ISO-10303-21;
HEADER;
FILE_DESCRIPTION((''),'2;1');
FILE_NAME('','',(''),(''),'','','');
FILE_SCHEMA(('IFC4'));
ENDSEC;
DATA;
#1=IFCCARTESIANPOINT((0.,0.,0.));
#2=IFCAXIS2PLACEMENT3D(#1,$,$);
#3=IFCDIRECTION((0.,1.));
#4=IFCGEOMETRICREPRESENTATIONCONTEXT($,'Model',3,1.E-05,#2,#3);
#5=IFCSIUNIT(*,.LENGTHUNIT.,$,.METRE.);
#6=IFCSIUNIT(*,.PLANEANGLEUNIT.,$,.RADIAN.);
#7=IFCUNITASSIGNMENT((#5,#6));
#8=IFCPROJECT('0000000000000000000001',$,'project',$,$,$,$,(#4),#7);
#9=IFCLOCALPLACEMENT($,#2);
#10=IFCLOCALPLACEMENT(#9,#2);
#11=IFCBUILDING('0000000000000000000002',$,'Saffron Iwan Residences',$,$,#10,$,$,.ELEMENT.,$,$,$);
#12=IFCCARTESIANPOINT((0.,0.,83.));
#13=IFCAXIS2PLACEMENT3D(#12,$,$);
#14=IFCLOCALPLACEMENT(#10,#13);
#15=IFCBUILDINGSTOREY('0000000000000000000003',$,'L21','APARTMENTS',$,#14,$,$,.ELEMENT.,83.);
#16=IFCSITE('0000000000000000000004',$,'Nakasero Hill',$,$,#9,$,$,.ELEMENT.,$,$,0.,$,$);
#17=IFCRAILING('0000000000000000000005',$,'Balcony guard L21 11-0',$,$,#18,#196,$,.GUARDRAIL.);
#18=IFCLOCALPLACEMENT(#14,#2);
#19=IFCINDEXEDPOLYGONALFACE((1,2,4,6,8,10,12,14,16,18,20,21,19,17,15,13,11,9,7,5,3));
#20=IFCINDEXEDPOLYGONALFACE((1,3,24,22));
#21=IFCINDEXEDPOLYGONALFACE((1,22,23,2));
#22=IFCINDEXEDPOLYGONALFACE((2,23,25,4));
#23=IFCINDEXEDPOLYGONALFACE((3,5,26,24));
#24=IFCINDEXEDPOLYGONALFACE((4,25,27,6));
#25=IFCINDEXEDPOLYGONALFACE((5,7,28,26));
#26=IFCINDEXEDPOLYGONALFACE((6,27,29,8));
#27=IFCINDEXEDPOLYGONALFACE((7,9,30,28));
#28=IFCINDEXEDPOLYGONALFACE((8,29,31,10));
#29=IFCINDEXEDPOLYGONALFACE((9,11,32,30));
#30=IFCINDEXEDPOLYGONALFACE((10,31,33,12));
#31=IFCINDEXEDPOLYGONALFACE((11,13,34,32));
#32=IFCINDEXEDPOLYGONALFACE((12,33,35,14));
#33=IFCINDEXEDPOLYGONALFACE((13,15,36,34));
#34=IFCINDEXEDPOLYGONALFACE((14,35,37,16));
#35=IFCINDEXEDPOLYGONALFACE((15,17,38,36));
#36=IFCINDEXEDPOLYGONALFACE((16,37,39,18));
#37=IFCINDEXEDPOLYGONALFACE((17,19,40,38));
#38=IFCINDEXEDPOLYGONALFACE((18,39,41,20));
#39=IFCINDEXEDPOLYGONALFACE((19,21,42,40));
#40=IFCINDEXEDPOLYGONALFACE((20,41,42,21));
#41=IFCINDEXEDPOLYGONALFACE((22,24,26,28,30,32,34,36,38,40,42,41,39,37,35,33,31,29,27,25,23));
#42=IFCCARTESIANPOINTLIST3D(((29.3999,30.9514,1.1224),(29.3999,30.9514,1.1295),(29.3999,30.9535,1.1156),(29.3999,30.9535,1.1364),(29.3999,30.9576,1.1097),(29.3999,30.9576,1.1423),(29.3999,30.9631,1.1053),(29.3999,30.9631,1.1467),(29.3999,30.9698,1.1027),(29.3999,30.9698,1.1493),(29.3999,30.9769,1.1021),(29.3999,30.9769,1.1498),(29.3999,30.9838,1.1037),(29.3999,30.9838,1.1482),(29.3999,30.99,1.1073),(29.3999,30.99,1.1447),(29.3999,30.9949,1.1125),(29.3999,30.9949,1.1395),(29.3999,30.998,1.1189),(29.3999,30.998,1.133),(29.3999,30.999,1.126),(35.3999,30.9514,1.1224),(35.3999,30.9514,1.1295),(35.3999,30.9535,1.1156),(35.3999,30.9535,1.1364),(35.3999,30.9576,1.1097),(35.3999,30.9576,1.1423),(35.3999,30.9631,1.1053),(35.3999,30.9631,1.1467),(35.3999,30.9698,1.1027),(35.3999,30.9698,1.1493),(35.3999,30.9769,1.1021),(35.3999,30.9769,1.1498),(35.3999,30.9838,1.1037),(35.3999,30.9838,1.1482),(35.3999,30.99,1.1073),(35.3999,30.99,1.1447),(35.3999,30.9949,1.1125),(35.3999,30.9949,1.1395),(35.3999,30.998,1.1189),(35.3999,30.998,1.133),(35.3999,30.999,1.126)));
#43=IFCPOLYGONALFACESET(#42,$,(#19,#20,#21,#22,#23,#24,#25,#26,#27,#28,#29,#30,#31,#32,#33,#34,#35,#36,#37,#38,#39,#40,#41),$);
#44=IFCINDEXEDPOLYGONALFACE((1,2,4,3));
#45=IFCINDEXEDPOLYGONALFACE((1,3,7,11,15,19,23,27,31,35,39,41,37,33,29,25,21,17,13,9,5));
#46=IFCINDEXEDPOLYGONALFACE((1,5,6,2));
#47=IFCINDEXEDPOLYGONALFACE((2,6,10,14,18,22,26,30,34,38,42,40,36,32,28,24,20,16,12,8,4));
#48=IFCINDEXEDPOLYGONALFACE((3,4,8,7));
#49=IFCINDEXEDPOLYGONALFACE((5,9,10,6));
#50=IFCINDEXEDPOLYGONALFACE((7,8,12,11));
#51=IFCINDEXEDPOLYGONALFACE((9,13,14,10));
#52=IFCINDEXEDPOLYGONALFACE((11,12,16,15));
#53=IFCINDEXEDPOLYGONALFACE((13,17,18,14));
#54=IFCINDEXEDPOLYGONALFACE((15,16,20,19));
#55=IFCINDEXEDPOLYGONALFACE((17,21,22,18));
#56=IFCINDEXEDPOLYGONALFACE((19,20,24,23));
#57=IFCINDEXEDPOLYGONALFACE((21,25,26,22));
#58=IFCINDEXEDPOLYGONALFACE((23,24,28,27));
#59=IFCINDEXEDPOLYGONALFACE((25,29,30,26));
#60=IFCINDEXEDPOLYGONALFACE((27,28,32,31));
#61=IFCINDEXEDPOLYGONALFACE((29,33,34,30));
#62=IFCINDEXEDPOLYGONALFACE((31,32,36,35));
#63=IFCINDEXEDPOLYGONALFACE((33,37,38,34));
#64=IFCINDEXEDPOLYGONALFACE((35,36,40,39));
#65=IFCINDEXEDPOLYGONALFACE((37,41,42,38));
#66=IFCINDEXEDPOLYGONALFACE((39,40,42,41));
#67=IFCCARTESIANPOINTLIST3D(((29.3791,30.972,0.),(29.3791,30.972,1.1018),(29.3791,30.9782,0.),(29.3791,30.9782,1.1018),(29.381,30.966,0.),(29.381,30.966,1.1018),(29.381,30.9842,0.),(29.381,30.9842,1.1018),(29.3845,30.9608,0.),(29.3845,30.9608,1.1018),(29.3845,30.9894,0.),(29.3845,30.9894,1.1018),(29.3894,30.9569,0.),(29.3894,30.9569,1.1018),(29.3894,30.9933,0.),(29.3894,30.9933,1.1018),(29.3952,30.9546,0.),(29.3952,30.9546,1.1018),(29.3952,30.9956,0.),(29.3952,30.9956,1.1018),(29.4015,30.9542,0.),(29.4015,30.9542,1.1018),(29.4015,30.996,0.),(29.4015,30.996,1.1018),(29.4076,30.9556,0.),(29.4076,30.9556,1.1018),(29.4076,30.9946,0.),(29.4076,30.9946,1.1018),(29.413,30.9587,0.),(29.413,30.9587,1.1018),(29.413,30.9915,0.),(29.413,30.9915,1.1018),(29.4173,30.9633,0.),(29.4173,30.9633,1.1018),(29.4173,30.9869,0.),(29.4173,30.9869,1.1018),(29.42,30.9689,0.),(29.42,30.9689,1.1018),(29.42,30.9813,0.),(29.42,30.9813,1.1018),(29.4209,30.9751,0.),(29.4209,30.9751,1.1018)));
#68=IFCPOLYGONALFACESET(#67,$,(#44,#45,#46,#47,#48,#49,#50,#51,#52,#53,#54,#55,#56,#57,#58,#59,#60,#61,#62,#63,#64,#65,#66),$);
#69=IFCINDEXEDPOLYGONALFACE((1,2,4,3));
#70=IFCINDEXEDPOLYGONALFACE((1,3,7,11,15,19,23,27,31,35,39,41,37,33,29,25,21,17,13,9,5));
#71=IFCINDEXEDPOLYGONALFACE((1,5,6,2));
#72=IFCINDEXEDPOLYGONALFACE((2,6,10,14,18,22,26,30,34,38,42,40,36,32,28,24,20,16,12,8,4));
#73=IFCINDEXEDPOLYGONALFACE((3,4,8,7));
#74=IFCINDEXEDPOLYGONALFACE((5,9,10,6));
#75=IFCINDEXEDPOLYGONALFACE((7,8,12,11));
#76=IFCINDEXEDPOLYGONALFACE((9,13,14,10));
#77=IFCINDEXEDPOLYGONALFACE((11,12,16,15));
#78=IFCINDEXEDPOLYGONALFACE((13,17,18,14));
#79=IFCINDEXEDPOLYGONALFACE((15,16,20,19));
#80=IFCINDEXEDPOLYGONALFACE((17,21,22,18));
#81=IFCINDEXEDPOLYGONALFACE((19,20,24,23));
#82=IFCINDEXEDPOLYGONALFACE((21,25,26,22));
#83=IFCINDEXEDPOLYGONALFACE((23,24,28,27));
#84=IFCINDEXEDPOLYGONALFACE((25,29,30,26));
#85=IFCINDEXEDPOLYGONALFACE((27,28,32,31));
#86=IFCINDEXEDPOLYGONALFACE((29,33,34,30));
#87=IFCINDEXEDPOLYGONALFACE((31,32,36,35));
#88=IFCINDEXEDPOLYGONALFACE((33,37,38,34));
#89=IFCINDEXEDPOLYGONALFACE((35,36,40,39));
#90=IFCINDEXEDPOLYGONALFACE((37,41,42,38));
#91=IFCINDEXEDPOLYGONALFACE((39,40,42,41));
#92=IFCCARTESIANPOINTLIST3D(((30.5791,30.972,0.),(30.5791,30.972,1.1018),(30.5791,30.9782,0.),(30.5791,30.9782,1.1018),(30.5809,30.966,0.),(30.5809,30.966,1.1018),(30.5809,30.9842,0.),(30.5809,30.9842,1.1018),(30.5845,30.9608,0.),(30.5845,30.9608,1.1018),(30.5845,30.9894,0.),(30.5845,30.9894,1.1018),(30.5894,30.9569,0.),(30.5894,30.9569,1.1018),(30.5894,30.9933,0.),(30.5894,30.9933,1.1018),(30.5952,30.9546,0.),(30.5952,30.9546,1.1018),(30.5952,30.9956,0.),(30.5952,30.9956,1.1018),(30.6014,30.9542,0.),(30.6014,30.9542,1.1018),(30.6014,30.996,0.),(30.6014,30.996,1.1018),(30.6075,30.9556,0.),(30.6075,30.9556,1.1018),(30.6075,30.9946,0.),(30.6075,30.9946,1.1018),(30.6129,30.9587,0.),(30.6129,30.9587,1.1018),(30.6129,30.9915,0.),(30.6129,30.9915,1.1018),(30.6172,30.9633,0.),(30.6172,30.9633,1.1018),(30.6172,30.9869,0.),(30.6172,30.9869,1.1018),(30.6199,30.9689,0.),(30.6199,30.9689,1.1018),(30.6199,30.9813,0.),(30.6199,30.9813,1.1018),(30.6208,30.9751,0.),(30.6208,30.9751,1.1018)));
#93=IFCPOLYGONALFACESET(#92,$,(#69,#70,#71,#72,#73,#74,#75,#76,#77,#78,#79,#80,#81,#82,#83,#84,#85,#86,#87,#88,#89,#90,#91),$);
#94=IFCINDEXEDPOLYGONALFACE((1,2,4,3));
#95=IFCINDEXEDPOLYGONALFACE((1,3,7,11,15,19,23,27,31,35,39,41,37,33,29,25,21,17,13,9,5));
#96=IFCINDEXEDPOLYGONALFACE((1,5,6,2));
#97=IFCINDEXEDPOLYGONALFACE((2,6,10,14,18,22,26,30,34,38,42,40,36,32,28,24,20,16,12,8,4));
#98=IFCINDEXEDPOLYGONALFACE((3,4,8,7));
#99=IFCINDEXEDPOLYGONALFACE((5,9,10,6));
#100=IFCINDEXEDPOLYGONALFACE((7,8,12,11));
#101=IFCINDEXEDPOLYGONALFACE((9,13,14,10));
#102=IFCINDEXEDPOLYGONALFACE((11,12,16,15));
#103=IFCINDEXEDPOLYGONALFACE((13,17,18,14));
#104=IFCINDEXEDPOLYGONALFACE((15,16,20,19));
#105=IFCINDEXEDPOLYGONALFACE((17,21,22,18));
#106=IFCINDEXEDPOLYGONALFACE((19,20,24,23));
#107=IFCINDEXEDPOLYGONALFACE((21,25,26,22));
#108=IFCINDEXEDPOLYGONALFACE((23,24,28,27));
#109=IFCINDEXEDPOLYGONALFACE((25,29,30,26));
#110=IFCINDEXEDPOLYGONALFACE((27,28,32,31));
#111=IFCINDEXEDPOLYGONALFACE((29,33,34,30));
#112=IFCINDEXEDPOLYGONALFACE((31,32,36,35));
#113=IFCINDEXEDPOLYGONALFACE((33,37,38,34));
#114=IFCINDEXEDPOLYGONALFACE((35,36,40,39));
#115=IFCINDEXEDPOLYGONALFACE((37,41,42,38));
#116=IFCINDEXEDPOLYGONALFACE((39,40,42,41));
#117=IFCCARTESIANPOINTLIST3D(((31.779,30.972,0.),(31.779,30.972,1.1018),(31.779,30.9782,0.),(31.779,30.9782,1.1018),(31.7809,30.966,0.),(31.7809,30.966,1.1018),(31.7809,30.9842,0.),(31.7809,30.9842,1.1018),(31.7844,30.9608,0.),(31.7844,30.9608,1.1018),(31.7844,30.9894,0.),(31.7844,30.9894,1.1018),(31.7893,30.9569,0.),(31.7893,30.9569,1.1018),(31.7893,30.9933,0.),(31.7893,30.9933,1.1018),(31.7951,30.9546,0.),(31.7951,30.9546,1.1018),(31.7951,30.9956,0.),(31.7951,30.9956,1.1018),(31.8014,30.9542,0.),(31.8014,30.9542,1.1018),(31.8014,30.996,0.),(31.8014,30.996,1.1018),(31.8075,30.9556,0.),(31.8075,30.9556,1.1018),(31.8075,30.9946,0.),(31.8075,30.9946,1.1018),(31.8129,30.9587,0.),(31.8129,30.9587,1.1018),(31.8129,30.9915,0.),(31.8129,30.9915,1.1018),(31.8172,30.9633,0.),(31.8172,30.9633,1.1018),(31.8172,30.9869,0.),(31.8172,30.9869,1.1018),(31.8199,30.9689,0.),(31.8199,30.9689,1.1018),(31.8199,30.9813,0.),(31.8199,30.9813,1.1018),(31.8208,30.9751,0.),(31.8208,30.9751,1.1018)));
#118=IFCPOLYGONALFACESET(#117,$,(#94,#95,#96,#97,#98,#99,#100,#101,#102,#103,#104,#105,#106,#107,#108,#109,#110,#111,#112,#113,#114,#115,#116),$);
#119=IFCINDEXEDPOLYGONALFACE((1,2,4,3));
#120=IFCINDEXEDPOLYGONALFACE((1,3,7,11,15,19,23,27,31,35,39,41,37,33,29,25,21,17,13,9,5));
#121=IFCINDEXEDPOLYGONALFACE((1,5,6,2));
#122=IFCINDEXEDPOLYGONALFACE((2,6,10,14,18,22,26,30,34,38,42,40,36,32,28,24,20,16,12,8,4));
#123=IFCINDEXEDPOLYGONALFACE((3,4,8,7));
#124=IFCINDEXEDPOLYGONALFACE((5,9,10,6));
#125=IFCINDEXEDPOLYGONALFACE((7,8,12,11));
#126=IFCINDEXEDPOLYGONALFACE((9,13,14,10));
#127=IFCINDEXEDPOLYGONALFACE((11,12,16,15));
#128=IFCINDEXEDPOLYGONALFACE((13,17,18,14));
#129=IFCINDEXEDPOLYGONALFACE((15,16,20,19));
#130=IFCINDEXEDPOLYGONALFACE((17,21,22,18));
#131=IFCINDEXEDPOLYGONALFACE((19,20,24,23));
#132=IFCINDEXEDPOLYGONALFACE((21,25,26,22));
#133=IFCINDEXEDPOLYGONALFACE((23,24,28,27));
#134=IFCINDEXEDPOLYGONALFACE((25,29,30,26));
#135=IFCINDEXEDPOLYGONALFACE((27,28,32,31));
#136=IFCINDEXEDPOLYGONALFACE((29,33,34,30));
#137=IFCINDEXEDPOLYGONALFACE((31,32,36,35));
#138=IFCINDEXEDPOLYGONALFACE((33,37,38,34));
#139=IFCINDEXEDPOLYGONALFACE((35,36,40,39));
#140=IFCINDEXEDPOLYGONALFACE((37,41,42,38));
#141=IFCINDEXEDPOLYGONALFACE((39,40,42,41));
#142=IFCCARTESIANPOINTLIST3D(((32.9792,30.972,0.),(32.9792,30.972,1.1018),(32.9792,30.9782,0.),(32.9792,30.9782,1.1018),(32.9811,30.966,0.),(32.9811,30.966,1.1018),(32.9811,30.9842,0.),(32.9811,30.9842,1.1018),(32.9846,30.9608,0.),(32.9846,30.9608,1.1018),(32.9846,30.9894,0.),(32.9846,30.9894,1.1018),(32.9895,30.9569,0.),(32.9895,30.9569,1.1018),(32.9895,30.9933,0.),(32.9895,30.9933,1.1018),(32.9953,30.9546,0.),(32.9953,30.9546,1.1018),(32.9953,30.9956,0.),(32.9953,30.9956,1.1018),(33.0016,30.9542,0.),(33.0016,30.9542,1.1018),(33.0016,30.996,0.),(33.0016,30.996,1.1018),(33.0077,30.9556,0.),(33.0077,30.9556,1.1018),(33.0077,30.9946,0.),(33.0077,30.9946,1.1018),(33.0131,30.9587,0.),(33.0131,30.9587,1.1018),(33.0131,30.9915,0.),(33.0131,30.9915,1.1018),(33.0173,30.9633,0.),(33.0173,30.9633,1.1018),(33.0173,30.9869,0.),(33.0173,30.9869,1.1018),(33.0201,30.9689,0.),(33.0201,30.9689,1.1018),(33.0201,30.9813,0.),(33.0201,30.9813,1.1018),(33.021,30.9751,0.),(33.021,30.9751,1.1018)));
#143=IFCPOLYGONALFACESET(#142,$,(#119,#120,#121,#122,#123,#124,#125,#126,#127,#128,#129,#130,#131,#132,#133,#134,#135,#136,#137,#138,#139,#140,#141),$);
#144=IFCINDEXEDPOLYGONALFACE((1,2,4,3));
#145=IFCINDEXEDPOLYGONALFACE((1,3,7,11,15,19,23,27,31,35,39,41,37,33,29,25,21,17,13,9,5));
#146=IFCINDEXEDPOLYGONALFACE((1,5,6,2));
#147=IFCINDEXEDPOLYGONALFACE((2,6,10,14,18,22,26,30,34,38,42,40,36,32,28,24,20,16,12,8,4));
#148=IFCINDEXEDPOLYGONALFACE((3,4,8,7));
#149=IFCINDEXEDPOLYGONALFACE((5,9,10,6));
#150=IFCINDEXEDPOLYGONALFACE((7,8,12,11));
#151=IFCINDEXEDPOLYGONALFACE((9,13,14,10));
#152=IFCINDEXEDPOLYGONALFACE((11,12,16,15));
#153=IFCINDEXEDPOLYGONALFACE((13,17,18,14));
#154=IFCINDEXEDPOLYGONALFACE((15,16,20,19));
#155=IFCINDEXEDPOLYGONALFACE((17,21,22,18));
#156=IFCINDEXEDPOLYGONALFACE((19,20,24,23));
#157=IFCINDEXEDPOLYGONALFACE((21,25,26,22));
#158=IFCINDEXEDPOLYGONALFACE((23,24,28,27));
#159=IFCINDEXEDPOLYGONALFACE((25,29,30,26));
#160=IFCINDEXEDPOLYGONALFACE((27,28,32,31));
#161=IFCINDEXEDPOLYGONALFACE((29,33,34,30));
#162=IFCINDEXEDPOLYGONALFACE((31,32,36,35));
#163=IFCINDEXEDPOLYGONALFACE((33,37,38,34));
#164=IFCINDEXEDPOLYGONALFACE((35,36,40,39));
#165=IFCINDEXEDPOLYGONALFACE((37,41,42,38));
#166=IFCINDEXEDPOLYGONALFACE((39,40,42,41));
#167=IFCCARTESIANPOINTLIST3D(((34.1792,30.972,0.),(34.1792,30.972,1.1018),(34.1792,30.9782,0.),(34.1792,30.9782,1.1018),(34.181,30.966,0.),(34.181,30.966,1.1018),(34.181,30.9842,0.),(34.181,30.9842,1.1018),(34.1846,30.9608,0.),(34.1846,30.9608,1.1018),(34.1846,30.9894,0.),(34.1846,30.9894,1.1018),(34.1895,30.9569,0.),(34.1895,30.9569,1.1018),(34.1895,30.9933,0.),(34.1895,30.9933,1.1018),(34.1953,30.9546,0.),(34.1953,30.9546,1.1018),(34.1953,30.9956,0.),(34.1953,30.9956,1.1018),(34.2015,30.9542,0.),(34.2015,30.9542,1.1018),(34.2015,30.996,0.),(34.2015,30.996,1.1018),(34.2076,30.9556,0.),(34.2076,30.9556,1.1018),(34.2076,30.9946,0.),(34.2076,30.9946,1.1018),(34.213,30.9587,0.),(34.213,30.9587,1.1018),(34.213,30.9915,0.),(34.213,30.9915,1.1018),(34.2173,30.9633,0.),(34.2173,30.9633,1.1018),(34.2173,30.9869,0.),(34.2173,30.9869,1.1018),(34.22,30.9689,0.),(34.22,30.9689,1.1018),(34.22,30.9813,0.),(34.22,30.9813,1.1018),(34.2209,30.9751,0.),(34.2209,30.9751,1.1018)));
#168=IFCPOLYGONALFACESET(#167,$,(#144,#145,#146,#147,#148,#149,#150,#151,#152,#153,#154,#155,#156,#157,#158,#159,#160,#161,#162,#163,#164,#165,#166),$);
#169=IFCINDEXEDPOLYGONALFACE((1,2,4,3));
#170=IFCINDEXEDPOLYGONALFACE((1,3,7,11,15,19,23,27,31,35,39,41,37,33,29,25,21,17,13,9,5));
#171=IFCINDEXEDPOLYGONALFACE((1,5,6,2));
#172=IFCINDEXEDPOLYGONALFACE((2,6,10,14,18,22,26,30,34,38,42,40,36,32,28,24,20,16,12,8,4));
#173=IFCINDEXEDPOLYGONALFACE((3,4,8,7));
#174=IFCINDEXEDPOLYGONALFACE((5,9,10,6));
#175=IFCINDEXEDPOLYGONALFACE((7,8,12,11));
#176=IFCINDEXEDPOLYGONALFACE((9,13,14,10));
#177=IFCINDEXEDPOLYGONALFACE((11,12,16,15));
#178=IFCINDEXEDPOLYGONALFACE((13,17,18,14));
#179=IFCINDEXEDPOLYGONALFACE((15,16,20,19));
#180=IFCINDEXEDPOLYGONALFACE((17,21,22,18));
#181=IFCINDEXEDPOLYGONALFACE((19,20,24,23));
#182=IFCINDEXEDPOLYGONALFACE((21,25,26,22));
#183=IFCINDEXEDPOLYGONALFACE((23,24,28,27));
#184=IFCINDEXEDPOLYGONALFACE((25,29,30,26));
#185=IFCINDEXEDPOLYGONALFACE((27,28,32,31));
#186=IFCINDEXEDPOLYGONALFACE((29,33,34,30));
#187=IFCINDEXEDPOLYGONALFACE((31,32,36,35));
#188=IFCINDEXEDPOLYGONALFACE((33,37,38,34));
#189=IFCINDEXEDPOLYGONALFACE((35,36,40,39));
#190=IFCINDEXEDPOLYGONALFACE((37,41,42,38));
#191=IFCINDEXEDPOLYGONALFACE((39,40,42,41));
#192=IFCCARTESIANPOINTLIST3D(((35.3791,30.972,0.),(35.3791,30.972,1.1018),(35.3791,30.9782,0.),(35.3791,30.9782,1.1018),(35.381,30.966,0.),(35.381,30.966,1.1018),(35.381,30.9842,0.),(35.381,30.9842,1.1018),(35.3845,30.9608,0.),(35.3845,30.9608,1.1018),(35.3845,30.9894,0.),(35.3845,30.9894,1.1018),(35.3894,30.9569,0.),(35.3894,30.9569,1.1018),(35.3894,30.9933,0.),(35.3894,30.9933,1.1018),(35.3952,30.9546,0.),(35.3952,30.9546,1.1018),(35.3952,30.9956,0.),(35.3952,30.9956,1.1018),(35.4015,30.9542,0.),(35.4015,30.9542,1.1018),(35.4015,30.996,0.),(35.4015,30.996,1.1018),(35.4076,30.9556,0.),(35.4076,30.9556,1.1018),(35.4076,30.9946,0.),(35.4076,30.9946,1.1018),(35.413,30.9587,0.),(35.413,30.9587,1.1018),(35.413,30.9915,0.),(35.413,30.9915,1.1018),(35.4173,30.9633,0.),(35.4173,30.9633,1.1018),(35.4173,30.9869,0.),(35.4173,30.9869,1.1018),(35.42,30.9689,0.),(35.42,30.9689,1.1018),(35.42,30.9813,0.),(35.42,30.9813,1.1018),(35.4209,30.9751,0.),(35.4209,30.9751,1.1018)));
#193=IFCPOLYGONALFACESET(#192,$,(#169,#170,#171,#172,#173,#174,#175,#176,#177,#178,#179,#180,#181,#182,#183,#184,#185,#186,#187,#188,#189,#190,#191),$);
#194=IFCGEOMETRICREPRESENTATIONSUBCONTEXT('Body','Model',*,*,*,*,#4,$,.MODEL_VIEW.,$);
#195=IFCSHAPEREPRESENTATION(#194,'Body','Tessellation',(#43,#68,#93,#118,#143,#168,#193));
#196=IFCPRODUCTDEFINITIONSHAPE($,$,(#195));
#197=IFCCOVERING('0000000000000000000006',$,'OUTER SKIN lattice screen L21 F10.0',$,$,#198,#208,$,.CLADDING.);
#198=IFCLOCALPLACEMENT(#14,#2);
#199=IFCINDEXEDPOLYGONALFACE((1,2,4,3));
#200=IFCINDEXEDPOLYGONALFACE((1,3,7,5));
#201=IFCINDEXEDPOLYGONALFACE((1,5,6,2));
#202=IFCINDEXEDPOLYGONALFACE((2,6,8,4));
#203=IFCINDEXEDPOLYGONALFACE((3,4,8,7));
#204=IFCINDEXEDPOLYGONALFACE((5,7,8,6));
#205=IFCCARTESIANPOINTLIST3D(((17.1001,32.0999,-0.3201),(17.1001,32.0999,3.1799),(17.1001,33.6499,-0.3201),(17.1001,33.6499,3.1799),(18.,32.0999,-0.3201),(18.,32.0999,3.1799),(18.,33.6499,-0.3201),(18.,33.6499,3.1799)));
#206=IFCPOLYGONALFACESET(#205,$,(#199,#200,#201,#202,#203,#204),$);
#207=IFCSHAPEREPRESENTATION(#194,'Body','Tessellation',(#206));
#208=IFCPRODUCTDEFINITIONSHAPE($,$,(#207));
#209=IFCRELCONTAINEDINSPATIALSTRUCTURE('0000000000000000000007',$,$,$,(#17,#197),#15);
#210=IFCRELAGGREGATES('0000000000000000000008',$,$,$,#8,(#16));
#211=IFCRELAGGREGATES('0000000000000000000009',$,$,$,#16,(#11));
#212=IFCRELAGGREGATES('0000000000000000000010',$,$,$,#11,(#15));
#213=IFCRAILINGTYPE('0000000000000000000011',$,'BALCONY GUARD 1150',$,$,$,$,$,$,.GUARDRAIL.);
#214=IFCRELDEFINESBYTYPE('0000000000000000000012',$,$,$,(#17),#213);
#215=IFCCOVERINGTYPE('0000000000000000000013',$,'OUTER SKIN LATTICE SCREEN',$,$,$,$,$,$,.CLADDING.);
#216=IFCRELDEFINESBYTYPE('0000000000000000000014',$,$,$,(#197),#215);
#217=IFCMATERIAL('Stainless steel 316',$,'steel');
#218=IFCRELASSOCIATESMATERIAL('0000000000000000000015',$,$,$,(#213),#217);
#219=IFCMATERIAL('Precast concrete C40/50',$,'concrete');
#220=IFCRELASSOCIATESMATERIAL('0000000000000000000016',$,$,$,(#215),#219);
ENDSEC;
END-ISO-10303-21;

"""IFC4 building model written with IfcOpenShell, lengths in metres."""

from ifc_helpers import new_model, si_unit, direction, frame, origin, origin_2d, place, context, subcontext, project, spatial, polyline, circle, outline, extrude, material, type_object, element, save


model = new_model("IFC4")

# Units and contexts
model_context = context("Model", 3, precision=1e-05, world=origin(), true_north=direction((0.0, 1.0)))
body_context = subcontext(model_context, "Body", "Model", "MODEL_VIEW")
ifc_project = project(units=[si_unit("LENGTHUNIT", "METRE"), si_unit("PLANEANGLEUNIT", "RADIAN")], contexts=[model_context])

# Site, building, storey
site_placement = place(None, origin())
site = spatial("IfcSite", under=ifc_project, at=site_placement, Name="Nakasero Hill", CompositionType="ELEMENT", RefElevation=0.0)
building_placement = place(site_placement, origin())
building = spatial("IfcBuilding", under=site, at=building_placement, Name="Saffron Iwan Residences", CompositionType="ELEMENT")
storey_placement = place(building_placement, frame((0.0, 0.0, 83.0)))
storey = spatial("IfcBuildingStorey", under=building, at=storey_placement, Name="L21", Description="APARTMENTS", CompositionType="ELEMENT", Elevation=83.0)

# Railing
ifc_material_1 = material(Name="Stainless steel 316", Category="steel")
railing_type = type_object("IfcRailingType", Name="BALCONY GUARD 1150", PredefinedType="GUARDRAIL", material=ifc_material_1)
railing_placement = place(storey_placement, frame((29.3999, 30.9751, 0.0)))
element("IfcRailing", 1, at=railing_placement, inside=storey, type_object=railing_type, Name="Balcony guard L21 11-0", PredefinedType="GUARDRAIL", context=body_context, shape_type="SweptSolid", body=[
    extrude(circle(Radius=0.0239, at=origin_2d()), frame((0.0, 0.0, 1.126), z_axis=(1.0, 0.0, 0.0), x_axis=(0.0, 1.0, 0.0)), (0.0, 0.0, 1.0), 6.0),
    extrude(circle(Radius=0.021, at=origin_2d()), origin(), (0.0, 0.0, 1.0), 1.1018),
    extrude(circle(Radius=0.021, at=origin_2d()), frame((1.2, 0.0, 0.0)), (0.0, 0.0, 1.0), 1.1018),
    extrude(circle(Radius=0.021, at=origin_2d()), frame((2.3999, 0.0, 0.0)), (0.0, 0.0, 1.0), 1.1018),
    extrude(circle(Radius=0.021, at=origin_2d()), frame((3.6001, 0.0, 0.0)), (0.0, 0.0, 1.0), 1.1018),
    extrude(circle(Radius=0.021, at=origin_2d()), frame((4.8, 0.0, 0.0)), (0.0, 0.0, 1.0), 1.1018),
    extrude(circle(Radius=0.021, at=origin_2d()), frame((6.0, 0.0, 0.0)), (0.0, 0.0, 1.0), 1.1018),
])

# Covering
ifc_material_2 = material(Name="Precast concrete C40/50", Category="concrete")
covering_type = type_object("IfcCoveringType", Name="OUTER SKIN LATTICE SCREEN", PredefinedType="CLADDING", material=ifc_material_2)
covering_1_placement = place(storey_placement, frame((18.0, 33.6499, -0.3201), z_axis=(-1.0, 0.0, 0.0), x_axis=(0.0, -1.0, 0.0)))
element("IfcCovering", 2, at=covering_1_placement, inside=storey, type_object=covering_type, Name="OUTER SKIN lattice screen L21 F10.0", PredefinedType="CLADDING", context=body_context, shape_type="SweptSolid", body=[
    extrude(outline(polyline([(0.0, 0.0), (1.55, 0.0), (1.55, 3.5), (0.0, 3.5), (0.0, 0.0)])), origin(), (0.0, 0.0, 1.0), 0.8999),
])

save(model, "model.ifc")
